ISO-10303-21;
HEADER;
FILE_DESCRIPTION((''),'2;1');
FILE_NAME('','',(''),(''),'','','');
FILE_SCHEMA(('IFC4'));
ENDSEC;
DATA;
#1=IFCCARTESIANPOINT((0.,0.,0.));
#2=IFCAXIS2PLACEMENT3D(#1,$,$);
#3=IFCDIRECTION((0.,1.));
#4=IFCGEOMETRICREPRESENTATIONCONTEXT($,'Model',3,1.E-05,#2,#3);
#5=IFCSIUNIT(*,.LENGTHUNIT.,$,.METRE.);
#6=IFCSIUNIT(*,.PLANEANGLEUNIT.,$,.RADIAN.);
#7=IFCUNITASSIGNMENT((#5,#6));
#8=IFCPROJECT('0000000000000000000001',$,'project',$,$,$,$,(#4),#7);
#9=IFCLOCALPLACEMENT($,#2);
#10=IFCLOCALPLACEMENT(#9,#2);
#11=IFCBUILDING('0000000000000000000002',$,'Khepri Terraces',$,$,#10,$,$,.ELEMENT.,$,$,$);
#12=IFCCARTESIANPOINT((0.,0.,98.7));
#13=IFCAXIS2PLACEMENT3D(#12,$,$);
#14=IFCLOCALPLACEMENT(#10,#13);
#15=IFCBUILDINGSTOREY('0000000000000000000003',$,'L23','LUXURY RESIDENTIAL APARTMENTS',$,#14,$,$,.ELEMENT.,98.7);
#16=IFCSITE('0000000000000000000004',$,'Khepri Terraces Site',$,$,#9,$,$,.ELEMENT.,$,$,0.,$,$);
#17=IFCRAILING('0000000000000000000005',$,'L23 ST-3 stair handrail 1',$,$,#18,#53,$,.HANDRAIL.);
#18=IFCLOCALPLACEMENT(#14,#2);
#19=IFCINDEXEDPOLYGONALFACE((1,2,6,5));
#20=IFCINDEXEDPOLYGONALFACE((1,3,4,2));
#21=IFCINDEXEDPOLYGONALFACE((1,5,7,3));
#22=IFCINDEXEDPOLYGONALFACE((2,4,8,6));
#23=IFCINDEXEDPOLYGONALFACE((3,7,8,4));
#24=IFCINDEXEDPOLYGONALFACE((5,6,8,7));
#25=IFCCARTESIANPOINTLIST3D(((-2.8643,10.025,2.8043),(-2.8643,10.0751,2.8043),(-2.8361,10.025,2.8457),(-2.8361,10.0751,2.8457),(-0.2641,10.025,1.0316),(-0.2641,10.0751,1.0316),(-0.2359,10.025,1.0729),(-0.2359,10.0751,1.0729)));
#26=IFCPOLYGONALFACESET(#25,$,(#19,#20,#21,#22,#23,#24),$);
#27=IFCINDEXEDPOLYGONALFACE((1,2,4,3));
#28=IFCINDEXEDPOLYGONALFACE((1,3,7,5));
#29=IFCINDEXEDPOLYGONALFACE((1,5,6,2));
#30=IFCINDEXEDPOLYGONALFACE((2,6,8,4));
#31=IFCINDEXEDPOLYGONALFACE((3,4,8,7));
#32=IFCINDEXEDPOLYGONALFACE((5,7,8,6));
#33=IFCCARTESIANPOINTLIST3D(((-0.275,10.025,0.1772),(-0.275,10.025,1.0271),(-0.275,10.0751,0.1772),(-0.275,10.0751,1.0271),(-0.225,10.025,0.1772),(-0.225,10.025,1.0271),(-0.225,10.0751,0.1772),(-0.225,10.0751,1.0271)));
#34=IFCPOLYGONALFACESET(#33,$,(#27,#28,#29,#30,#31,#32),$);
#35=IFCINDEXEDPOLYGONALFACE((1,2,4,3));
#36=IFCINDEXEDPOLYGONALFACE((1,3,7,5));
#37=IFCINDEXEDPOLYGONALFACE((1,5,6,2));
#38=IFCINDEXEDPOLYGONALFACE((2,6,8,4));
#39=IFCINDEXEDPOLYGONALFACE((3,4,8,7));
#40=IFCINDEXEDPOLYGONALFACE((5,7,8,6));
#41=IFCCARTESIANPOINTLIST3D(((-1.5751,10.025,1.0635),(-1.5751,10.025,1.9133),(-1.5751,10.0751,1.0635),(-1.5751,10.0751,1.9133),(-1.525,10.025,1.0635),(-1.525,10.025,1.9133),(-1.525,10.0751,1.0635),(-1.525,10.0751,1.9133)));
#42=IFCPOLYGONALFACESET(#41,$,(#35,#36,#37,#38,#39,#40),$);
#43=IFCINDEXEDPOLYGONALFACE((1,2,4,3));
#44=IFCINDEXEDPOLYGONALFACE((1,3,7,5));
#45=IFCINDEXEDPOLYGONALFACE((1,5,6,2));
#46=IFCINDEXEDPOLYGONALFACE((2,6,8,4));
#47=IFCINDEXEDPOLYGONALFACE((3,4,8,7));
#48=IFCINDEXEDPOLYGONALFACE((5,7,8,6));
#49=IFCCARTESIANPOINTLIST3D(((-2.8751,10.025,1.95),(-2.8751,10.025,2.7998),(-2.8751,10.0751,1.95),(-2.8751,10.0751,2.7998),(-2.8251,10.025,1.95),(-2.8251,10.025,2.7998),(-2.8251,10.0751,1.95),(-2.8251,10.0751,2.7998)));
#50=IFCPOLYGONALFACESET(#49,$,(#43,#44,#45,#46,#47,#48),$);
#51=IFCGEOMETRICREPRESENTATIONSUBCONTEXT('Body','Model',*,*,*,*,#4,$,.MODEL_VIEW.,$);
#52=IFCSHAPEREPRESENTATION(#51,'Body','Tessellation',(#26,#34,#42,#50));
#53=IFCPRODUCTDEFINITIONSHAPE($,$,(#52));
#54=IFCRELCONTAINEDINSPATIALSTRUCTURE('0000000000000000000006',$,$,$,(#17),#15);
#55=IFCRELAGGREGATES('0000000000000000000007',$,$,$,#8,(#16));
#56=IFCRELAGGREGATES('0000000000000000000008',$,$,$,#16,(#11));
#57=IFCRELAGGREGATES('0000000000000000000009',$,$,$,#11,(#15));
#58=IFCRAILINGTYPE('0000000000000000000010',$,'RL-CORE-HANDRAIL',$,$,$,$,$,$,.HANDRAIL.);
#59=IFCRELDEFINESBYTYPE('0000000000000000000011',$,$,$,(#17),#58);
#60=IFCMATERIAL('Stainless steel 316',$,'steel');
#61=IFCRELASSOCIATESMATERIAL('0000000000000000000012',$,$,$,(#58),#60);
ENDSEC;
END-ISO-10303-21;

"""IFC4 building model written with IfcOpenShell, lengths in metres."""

from ifc_helpers import new_model, si_unit, direction, frame, origin, origin_2d, place, context, subcontext, project, spatial, rectangle, extrude, material, type_object, element, save


model = new_model("IFC4")

# Units and contexts
model_context = context("Model", 3, precision=1e-05, world=origin(), true_north=direction((0.0, 1.0)))
body_context = subcontext(model_context, "Body", "Model", "MODEL_VIEW")
ifc_project = project(units=[si_unit("LENGTHUNIT", "METRE"), si_unit("PLANEANGLEUNIT", "RADIAN")], contexts=[model_context])

# Site, building, storey
site_placement = place(None, origin())
site = spatial("IfcSite", under=ifc_project, at=site_placement, Name="Khepri Terraces Site", CompositionType="ELEMENT", RefElevation=0.0)
building_placement = place(site_placement, origin())
building = spatial("IfcBuilding", under=site, at=building_placement, Name="Khepri Terraces", CompositionType="ELEMENT")
storey_placement = place(building_placement, frame((0.0, 0.0, 98.7)))
storey = spatial("IfcBuildingStorey", under=building, at=storey_placement, Name="L23", Description="LUXURY RESIDENTIAL APARTMENTS", CompositionType="ELEMENT", Elevation=98.7)

# Railing
ifc_material_1 = material(Name="Stainless steel 316", Category="steel")
railing_type_1 = type_object("IfcRailingType", Name="RL-CORE-HANDRAIL", PredefinedType="HANDRAIL", material=ifc_material_1)
railing_1_placement = place(storey_placement, frame((-0.25, 10.05, 0.1772)))
element("IfcRailing", 1, at=railing_1_placement, inside=storey, type_object=railing_type_1, Name="L23 ST-3 stair handrail 1", PredefinedType="HANDRAIL", context=body_context, shape_type="SweptSolid", body=[
    extrude(rectangle(XDim=0.05, YDim=0.05, at=origin_2d()), frame((0.0, 0.0, 0.875), z_axis=(-0.82624, 0.0, 0.563318), x_axis=(0.0, -1.0, 0.0)), (0.0, 0.0, 1.0), 3.147),
    extrude(rectangle(XDim=0.05, YDim=0.05, at=origin_2d()), origin(), (0.0, 0.0, 1.0), 0.8499),
    extrude(rectangle(XDim=0.05, YDim=0.05, at=origin_2d()), frame((-1.3, 0.0, 0.8862)), (0.0, 0.0, 1.0), 0.8499),
    extrude(rectangle(XDim=0.05, YDim=0.05, at=origin_2d()), frame((-2.6001, 0.0, 1.7727)), (0.0, 0.0, 1.0), 0.8499),
])

save(model, "model.ifc")
